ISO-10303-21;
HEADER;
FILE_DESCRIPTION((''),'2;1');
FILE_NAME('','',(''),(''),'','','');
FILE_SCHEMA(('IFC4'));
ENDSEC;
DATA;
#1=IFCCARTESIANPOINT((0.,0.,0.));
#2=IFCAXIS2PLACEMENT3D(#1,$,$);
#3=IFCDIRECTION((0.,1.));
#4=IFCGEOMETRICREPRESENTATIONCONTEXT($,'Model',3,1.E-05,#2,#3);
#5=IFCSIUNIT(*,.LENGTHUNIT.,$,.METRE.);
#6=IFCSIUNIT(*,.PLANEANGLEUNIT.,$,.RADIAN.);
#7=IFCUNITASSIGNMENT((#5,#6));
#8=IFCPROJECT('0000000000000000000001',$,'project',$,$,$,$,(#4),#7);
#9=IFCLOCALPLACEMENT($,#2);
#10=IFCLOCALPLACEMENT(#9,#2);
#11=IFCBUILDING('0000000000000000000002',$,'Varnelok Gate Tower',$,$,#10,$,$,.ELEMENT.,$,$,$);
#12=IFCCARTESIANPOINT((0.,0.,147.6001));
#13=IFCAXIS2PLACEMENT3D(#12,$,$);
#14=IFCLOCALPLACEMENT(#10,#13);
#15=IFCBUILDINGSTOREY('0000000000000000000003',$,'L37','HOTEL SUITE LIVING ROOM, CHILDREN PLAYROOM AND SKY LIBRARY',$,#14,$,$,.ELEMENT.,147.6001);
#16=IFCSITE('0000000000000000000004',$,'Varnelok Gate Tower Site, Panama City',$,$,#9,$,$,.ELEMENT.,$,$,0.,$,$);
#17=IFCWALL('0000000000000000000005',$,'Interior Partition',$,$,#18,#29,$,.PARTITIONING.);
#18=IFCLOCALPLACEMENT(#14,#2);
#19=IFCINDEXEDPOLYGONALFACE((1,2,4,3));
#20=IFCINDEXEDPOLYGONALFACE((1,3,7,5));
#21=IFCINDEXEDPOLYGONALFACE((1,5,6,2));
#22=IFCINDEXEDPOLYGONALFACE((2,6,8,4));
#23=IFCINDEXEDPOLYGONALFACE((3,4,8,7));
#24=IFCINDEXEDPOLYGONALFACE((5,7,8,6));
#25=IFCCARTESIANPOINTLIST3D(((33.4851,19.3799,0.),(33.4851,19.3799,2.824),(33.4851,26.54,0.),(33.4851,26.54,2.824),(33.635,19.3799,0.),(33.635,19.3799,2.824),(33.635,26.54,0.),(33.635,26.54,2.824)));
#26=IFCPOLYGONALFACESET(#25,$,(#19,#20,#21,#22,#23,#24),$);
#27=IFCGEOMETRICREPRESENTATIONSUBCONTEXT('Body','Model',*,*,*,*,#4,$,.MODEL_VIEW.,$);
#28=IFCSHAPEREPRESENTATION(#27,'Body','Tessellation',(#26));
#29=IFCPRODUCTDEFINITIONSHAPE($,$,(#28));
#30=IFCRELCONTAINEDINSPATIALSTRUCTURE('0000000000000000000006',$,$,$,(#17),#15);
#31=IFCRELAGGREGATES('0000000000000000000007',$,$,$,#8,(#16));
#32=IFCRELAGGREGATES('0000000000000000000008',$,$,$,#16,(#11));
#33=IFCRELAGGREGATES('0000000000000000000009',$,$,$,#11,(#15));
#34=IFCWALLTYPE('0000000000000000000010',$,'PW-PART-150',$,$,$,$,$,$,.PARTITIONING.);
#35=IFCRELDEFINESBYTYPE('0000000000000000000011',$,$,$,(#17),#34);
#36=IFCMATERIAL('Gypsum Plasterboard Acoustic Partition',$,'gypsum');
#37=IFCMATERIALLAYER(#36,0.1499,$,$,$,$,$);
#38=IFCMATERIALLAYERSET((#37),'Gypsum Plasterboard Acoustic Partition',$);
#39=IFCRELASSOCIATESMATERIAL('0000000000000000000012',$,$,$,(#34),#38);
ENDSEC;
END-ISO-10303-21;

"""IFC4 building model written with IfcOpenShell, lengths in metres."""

from ifc_helpers import new_model, si_unit, direction, frame, frame_2d, origin, place, context, subcontext, project, spatial, rectangle, extrude, material, layer, layer_set, type_object, element, save


model = new_model("IFC4")

# Units and contexts
model_context = context("Model", 3, precision=1e-05, world=origin(), true_north=direction((0.0, 1.0)))
body_context = subcontext(model_context, "Body", "Model", "MODEL_VIEW")
ifc_project = project(units=[si_unit("LENGTHUNIT", "METRE"), si_unit("PLANEANGLEUNIT", "RADIAN")], contexts=[model_context])

# Site, building, storey
site_placement = place(None, origin())
site = spatial("IfcSite", under=ifc_project, at=site_placement, Name="Varnelok Gate Tower Site, Panama City", CompositionType="ELEMENT", RefElevation=0.0)
building_placement = place(site_placement, origin())
building = spatial("IfcBuilding", under=site, at=building_placement, Name="Varnelok Gate Tower", CompositionType="ELEMENT")
storey_placement = place(building_placement, frame((0.0, 0.0, 147.6001)))
storey = spatial("IfcBuildingStorey", under=building, at=storey_placement, Name="L37", Description="HOTEL SUITE LIVING ROOM, CHILDREN PLAYROOM AND SKY LIBRARY", CompositionType="ELEMENT", Elevation=147.6001)

# Shared definitions
ifc_material_1 = material(Name="Gypsum Plasterboard Acoustic Partition", Category="gypsum")

# Shared definitions
ifc_layer_1 = layer(ifc_material_1, 0.1499)
ifc_layer_set_1 = layer_set([ifc_layer_1], Name="Gypsum Plasterboard Acoustic Partition")
wall_type_1 = type_object("IfcWallType", Name="PW-PART-150", PredefinedType="PARTITIONING", material=ifc_layer_set_1)

# Wall
wall_1_placement = place(storey_placement, frame((33.5601, 19.3799, 0.0), z_axis=(0.0, 0.0, 1.0), x_axis=(0.0, 1.0, 0.0)))
element("IfcWall", 1, at=wall_1_placement, inside=storey, type_object=wall_type_1, Name="Interior Partition", PredefinedType="PARTITIONING", context=body_context, shape_type="SweptSolid", body=[
    extrude(rectangle(XDim=7.1602, YDim=0.1499, at=frame_2d((3.5801, 0.0))), origin(), (0.0, 0.0, 1.0), 2.824),
])

save(model, "model.ifc")
